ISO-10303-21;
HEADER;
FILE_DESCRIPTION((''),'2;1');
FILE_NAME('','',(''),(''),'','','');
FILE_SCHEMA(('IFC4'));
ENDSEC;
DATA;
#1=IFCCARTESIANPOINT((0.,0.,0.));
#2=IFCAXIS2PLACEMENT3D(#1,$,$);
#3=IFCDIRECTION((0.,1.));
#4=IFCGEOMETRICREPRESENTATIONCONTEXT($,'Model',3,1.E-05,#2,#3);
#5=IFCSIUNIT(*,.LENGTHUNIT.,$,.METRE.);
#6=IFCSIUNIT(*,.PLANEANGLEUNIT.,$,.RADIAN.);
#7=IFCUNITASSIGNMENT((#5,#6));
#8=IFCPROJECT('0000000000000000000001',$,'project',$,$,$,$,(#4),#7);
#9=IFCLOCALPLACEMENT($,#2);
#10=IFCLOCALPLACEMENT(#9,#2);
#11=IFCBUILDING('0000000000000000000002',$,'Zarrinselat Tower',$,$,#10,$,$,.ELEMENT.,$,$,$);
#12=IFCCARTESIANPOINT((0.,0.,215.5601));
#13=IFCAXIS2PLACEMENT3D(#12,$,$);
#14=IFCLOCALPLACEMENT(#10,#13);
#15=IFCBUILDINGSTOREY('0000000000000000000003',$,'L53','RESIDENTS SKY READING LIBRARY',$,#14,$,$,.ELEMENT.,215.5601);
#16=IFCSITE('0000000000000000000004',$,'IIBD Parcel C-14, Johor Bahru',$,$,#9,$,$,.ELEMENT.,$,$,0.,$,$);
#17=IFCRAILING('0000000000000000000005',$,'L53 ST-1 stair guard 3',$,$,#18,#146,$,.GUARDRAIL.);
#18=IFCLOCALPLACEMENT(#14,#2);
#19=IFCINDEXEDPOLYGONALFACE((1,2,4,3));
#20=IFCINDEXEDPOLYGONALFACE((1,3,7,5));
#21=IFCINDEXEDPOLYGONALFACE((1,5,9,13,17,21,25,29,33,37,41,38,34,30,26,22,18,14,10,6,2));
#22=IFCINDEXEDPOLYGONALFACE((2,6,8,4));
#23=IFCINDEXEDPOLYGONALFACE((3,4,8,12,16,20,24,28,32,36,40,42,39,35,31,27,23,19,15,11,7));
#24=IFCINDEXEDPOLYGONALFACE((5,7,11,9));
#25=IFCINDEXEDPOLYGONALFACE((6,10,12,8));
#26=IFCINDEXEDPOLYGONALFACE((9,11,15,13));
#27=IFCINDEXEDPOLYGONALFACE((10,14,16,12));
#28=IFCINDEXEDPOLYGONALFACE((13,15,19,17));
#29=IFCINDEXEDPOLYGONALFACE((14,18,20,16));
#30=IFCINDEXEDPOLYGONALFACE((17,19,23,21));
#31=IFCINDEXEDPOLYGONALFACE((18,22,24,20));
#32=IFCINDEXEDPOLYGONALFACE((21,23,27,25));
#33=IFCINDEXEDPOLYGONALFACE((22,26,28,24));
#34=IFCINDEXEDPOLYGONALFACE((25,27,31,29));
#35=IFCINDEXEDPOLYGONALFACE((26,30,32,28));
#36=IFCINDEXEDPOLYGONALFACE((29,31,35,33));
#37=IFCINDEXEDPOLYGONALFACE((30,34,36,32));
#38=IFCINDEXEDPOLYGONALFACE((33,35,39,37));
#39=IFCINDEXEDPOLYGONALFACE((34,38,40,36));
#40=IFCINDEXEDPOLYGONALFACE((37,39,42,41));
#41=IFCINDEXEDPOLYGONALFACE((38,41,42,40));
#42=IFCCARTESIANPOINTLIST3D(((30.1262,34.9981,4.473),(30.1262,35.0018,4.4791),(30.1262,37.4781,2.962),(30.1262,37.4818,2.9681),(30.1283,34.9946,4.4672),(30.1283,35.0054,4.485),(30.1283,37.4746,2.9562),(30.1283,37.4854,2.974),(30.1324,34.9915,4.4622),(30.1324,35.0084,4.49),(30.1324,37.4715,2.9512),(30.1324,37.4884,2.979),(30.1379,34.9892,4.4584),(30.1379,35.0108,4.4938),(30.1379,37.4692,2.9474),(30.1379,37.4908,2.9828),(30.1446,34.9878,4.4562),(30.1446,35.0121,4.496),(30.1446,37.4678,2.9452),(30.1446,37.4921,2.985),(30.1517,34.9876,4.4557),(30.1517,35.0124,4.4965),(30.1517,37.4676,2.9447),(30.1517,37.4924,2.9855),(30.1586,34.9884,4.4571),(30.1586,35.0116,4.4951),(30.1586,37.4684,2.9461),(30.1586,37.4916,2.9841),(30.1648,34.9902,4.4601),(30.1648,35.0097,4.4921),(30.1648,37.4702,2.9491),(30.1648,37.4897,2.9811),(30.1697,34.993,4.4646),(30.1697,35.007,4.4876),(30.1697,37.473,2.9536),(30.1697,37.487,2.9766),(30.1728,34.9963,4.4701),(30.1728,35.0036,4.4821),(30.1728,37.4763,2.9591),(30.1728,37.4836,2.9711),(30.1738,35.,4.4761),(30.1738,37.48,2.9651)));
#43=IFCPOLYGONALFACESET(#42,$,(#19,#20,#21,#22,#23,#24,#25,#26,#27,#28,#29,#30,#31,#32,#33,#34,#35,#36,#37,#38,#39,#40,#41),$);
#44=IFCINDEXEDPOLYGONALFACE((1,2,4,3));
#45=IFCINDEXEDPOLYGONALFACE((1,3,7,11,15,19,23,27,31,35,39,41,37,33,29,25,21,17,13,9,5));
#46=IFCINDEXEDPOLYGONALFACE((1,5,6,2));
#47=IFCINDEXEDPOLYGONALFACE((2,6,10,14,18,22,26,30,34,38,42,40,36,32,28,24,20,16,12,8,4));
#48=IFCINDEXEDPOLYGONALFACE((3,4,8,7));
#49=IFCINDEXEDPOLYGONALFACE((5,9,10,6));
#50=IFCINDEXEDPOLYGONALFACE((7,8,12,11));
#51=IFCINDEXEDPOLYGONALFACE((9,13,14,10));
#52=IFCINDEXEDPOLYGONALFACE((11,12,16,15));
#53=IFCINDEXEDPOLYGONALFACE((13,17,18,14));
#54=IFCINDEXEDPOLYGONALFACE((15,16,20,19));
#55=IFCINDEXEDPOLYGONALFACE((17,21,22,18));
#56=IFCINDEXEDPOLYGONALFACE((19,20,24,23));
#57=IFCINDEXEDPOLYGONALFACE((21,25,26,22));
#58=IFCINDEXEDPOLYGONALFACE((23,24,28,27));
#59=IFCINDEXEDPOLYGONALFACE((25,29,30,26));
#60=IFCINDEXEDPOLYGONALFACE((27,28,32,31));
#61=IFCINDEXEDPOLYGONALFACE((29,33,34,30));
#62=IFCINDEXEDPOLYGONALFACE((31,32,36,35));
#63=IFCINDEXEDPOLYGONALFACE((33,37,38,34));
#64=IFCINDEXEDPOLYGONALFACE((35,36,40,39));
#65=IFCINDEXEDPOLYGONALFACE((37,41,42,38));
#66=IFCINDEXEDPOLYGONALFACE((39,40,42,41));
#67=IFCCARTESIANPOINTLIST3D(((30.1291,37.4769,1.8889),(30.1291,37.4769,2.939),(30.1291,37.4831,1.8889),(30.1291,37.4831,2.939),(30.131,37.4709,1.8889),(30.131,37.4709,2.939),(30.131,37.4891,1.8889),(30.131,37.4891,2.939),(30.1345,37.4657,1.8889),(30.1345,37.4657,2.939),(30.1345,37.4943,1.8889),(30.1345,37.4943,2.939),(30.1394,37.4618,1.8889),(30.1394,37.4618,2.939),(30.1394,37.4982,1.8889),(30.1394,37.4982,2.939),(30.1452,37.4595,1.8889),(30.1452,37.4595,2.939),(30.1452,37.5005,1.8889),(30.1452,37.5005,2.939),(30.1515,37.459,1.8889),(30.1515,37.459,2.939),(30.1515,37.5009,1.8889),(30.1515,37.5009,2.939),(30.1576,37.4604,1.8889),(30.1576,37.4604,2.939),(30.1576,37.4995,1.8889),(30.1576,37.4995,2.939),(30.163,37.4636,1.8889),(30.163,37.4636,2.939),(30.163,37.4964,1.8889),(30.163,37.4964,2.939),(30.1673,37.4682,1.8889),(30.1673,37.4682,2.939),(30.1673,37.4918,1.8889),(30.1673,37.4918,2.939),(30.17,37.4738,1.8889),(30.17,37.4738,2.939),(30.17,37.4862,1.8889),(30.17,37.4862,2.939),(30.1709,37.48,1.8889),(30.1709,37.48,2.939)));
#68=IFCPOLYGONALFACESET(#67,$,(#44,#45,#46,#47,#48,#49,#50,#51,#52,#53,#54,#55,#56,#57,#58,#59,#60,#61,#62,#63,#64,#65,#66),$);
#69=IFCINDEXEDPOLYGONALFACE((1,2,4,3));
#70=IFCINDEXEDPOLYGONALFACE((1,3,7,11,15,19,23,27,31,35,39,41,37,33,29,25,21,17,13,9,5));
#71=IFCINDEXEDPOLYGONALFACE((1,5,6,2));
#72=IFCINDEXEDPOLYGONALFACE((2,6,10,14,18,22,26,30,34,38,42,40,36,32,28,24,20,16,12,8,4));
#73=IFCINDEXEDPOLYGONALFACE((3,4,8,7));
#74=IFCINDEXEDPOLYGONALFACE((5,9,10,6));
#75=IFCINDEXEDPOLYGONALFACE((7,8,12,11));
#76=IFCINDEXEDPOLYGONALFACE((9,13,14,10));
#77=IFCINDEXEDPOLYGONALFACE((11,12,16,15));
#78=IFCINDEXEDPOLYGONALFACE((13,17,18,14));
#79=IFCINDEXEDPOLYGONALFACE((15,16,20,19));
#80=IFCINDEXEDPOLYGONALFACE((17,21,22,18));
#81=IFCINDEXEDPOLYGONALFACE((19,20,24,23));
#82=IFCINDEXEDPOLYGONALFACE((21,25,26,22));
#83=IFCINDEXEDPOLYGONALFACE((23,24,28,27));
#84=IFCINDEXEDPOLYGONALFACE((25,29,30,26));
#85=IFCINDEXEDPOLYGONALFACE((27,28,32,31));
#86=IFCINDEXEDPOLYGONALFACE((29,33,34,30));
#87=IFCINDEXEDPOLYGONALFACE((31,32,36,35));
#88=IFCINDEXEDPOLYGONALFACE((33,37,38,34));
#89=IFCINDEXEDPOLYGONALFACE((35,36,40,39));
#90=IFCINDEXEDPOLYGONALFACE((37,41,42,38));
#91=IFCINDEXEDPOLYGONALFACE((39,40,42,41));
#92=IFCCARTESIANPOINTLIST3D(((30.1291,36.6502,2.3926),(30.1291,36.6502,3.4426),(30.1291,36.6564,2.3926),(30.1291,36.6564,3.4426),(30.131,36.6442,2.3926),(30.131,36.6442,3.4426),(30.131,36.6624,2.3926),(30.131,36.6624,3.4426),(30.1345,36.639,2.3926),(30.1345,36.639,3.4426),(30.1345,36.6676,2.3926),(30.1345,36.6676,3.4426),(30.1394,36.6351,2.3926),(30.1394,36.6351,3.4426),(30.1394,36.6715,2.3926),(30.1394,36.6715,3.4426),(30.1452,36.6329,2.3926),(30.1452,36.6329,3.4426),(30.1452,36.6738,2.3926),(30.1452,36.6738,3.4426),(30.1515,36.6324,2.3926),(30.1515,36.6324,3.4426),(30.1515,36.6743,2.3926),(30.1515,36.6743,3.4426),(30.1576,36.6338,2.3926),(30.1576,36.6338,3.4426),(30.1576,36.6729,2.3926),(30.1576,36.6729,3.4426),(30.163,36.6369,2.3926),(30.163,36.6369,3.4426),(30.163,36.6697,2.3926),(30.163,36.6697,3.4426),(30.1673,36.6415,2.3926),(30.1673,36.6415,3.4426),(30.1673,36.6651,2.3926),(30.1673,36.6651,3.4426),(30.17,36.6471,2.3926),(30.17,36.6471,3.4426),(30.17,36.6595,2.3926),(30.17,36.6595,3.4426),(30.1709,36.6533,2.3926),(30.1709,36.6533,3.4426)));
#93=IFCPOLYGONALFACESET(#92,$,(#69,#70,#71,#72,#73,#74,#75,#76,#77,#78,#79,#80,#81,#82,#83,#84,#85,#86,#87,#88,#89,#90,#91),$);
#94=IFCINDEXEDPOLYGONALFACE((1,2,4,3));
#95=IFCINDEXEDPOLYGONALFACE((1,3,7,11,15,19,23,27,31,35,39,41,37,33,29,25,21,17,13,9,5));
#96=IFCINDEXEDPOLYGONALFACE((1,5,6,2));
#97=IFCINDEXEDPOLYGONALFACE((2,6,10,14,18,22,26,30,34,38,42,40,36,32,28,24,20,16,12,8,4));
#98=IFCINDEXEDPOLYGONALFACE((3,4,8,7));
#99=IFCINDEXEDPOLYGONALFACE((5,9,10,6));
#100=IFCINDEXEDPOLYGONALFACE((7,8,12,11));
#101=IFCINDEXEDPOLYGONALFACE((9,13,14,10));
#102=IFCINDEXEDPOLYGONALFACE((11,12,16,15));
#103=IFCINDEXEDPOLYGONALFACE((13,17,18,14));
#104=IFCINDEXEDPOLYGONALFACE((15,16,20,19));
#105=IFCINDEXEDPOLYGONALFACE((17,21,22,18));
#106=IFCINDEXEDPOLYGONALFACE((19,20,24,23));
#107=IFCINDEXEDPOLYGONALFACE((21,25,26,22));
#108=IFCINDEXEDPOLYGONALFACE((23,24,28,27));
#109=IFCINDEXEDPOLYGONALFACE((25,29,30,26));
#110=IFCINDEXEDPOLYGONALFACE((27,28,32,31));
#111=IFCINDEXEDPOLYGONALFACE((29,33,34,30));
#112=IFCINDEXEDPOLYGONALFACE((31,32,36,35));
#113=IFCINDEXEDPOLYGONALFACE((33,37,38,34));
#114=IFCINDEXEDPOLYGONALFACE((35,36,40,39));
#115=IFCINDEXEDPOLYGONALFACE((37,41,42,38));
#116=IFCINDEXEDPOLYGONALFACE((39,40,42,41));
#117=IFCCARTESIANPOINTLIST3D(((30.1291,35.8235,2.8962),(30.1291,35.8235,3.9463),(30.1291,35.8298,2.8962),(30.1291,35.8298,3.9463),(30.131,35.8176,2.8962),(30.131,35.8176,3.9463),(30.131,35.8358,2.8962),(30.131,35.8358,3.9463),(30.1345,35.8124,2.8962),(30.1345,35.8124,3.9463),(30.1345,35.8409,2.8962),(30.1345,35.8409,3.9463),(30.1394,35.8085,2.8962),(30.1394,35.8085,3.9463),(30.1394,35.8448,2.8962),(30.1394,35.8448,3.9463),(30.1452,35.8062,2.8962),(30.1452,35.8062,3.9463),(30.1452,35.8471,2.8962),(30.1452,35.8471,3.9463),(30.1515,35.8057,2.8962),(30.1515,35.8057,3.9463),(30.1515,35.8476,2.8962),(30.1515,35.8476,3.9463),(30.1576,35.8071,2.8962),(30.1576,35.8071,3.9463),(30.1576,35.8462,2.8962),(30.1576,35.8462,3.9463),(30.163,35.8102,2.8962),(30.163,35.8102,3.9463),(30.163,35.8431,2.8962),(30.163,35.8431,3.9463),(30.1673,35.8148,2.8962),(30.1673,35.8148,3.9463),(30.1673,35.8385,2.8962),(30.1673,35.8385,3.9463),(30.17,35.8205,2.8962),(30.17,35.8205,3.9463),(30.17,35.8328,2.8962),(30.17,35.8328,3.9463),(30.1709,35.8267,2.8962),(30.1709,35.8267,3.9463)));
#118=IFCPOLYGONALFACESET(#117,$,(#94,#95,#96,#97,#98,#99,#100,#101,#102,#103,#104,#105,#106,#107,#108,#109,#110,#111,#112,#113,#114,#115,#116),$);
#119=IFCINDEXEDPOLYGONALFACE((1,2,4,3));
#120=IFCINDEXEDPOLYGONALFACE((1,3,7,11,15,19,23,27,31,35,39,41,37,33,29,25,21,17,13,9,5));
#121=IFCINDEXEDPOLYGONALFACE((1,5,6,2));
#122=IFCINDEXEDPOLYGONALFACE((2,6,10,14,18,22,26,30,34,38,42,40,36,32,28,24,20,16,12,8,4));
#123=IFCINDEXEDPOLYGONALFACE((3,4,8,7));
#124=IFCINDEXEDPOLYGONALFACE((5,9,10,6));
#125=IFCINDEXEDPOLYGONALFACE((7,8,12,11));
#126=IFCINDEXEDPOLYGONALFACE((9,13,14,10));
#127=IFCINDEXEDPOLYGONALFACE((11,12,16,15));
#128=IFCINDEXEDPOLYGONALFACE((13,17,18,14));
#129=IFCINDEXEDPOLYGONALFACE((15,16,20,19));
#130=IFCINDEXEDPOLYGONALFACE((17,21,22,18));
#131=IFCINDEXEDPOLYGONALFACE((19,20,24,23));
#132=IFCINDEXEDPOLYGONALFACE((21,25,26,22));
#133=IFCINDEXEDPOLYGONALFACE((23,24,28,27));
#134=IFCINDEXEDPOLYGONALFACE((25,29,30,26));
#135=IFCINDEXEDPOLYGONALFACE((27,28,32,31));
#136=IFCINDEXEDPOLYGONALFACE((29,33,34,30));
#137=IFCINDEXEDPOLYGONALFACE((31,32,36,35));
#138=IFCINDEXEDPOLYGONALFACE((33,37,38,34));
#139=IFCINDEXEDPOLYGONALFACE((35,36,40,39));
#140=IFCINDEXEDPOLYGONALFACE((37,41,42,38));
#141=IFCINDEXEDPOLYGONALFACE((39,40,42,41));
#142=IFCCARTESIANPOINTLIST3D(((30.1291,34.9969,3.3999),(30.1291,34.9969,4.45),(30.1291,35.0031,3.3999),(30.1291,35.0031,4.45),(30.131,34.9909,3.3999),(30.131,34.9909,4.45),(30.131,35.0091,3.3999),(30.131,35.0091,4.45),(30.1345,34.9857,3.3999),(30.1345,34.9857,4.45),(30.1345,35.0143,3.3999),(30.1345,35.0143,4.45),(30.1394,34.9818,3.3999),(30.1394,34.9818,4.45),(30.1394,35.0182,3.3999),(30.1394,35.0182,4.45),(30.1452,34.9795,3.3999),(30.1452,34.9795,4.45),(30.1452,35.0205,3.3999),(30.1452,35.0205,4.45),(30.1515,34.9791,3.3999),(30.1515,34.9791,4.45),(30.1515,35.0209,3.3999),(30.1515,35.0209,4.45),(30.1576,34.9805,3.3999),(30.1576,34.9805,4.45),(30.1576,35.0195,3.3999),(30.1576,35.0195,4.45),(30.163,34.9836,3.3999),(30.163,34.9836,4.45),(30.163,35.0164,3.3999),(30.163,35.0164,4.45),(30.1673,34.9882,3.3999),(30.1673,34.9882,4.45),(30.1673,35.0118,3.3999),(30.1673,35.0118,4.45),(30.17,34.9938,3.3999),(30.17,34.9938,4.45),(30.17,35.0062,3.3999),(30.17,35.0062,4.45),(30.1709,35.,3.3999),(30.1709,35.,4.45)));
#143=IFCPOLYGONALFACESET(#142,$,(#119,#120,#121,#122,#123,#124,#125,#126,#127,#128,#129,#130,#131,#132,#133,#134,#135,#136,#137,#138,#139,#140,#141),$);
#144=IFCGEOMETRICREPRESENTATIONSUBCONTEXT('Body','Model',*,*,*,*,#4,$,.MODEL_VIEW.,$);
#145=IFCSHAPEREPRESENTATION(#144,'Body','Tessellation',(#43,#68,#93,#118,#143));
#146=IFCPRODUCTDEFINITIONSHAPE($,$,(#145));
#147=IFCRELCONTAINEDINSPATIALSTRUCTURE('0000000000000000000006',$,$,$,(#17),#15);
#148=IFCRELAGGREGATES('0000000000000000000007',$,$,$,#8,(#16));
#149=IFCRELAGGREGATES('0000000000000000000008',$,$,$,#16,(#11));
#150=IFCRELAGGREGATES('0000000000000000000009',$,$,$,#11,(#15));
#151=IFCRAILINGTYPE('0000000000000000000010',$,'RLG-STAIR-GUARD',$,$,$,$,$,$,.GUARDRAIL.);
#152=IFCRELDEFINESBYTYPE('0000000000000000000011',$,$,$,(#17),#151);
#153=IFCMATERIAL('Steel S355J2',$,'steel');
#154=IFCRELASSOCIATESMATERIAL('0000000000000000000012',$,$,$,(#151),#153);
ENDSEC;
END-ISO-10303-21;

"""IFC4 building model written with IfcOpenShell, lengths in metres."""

from ifc_helpers import new_model, si_unit, direction, frame, origin, origin_2d, place, context, subcontext, project, spatial, circle, extrude, material, type_object, element, save


model = new_model("IFC4")

# Units and contexts
model_context = context("Model", 3, precision=1e-05, world=origin(), true_north=direction((0.0, 1.0)))
body_context = subcontext(model_context, "Body", "Model", "MODEL_VIEW")
ifc_project = project(units=[si_unit("LENGTHUNIT", "METRE"), si_unit("PLANEANGLEUNIT", "RADIAN")], contexts=[model_context])

# Site, building, storey
site_placement = place(None, origin())
site = spatial("IfcSite", under=ifc_project, at=site_placement, Name="IIBD Parcel C-14, Johor Bahru", CompositionType="ELEMENT", RefElevation=0.0)
building_placement = place(site_placement, origin())
building = spatial("IfcBuilding", under=site, at=building_placement, Name="Zarrinselat Tower", CompositionType="ELEMENT")
storey_placement = place(building_placement, frame((0.0, 0.0, 215.5601)))
storey = spatial("IfcBuildingStorey", under=building, at=storey_placement, Name="L53", Description="RESIDENTS SKY READING LIBRARY", CompositionType="ELEMENT", Elevation=215.5601)

# Railing
ifc_material_1 = material(Name="Steel S355J2", Category="steel")
railing_type_1 = type_object("IfcRailingType", Name="RLG-STAIR-GUARD", PredefinedType="GUARDRAIL", material=ifc_material_1)
railing_1_placement = place(storey_placement, frame((30.1499, 37.48, 1.8889)))
element("IfcRailing", 1, at=railing_1_placement, inside=storey, type_object=railing_type_1, Name="L53 ST-1 stair guard 3", PredefinedType="GUARDRAIL", context=body_context, shape_type="SweptSolid", body=[
    extrude(circle(Radius=0.0239, at=origin_2d()), frame((0.0, 0.0, 1.0762), z_axis=(0.0, -0.853979, 0.520307), x_axis=(1.0, 0.0, 0.0)), (0.0, 0.0, 1.0), 2.9041),
    extrude(circle(Radius=0.021, at=origin_2d()), origin(), (0.0, 0.0, 1.0), 1.05),
    extrude(circle(Radius=0.021, at=origin_2d()), frame((0.0, -0.8267, 0.5037)), (0.0, 0.0, 1.0), 1.05),
    extrude(circle(Radius=0.021, at=origin_2d()), frame((0.0, -1.6533, 1.0073)), (0.0, 0.0, 1.0), 1.05),
    extrude(circle(Radius=0.021, at=origin_2d()), frame((0.0, -2.48, 1.511)), (0.0, 0.0, 1.0), 1.05),
])

save(model, "model.ifc")
